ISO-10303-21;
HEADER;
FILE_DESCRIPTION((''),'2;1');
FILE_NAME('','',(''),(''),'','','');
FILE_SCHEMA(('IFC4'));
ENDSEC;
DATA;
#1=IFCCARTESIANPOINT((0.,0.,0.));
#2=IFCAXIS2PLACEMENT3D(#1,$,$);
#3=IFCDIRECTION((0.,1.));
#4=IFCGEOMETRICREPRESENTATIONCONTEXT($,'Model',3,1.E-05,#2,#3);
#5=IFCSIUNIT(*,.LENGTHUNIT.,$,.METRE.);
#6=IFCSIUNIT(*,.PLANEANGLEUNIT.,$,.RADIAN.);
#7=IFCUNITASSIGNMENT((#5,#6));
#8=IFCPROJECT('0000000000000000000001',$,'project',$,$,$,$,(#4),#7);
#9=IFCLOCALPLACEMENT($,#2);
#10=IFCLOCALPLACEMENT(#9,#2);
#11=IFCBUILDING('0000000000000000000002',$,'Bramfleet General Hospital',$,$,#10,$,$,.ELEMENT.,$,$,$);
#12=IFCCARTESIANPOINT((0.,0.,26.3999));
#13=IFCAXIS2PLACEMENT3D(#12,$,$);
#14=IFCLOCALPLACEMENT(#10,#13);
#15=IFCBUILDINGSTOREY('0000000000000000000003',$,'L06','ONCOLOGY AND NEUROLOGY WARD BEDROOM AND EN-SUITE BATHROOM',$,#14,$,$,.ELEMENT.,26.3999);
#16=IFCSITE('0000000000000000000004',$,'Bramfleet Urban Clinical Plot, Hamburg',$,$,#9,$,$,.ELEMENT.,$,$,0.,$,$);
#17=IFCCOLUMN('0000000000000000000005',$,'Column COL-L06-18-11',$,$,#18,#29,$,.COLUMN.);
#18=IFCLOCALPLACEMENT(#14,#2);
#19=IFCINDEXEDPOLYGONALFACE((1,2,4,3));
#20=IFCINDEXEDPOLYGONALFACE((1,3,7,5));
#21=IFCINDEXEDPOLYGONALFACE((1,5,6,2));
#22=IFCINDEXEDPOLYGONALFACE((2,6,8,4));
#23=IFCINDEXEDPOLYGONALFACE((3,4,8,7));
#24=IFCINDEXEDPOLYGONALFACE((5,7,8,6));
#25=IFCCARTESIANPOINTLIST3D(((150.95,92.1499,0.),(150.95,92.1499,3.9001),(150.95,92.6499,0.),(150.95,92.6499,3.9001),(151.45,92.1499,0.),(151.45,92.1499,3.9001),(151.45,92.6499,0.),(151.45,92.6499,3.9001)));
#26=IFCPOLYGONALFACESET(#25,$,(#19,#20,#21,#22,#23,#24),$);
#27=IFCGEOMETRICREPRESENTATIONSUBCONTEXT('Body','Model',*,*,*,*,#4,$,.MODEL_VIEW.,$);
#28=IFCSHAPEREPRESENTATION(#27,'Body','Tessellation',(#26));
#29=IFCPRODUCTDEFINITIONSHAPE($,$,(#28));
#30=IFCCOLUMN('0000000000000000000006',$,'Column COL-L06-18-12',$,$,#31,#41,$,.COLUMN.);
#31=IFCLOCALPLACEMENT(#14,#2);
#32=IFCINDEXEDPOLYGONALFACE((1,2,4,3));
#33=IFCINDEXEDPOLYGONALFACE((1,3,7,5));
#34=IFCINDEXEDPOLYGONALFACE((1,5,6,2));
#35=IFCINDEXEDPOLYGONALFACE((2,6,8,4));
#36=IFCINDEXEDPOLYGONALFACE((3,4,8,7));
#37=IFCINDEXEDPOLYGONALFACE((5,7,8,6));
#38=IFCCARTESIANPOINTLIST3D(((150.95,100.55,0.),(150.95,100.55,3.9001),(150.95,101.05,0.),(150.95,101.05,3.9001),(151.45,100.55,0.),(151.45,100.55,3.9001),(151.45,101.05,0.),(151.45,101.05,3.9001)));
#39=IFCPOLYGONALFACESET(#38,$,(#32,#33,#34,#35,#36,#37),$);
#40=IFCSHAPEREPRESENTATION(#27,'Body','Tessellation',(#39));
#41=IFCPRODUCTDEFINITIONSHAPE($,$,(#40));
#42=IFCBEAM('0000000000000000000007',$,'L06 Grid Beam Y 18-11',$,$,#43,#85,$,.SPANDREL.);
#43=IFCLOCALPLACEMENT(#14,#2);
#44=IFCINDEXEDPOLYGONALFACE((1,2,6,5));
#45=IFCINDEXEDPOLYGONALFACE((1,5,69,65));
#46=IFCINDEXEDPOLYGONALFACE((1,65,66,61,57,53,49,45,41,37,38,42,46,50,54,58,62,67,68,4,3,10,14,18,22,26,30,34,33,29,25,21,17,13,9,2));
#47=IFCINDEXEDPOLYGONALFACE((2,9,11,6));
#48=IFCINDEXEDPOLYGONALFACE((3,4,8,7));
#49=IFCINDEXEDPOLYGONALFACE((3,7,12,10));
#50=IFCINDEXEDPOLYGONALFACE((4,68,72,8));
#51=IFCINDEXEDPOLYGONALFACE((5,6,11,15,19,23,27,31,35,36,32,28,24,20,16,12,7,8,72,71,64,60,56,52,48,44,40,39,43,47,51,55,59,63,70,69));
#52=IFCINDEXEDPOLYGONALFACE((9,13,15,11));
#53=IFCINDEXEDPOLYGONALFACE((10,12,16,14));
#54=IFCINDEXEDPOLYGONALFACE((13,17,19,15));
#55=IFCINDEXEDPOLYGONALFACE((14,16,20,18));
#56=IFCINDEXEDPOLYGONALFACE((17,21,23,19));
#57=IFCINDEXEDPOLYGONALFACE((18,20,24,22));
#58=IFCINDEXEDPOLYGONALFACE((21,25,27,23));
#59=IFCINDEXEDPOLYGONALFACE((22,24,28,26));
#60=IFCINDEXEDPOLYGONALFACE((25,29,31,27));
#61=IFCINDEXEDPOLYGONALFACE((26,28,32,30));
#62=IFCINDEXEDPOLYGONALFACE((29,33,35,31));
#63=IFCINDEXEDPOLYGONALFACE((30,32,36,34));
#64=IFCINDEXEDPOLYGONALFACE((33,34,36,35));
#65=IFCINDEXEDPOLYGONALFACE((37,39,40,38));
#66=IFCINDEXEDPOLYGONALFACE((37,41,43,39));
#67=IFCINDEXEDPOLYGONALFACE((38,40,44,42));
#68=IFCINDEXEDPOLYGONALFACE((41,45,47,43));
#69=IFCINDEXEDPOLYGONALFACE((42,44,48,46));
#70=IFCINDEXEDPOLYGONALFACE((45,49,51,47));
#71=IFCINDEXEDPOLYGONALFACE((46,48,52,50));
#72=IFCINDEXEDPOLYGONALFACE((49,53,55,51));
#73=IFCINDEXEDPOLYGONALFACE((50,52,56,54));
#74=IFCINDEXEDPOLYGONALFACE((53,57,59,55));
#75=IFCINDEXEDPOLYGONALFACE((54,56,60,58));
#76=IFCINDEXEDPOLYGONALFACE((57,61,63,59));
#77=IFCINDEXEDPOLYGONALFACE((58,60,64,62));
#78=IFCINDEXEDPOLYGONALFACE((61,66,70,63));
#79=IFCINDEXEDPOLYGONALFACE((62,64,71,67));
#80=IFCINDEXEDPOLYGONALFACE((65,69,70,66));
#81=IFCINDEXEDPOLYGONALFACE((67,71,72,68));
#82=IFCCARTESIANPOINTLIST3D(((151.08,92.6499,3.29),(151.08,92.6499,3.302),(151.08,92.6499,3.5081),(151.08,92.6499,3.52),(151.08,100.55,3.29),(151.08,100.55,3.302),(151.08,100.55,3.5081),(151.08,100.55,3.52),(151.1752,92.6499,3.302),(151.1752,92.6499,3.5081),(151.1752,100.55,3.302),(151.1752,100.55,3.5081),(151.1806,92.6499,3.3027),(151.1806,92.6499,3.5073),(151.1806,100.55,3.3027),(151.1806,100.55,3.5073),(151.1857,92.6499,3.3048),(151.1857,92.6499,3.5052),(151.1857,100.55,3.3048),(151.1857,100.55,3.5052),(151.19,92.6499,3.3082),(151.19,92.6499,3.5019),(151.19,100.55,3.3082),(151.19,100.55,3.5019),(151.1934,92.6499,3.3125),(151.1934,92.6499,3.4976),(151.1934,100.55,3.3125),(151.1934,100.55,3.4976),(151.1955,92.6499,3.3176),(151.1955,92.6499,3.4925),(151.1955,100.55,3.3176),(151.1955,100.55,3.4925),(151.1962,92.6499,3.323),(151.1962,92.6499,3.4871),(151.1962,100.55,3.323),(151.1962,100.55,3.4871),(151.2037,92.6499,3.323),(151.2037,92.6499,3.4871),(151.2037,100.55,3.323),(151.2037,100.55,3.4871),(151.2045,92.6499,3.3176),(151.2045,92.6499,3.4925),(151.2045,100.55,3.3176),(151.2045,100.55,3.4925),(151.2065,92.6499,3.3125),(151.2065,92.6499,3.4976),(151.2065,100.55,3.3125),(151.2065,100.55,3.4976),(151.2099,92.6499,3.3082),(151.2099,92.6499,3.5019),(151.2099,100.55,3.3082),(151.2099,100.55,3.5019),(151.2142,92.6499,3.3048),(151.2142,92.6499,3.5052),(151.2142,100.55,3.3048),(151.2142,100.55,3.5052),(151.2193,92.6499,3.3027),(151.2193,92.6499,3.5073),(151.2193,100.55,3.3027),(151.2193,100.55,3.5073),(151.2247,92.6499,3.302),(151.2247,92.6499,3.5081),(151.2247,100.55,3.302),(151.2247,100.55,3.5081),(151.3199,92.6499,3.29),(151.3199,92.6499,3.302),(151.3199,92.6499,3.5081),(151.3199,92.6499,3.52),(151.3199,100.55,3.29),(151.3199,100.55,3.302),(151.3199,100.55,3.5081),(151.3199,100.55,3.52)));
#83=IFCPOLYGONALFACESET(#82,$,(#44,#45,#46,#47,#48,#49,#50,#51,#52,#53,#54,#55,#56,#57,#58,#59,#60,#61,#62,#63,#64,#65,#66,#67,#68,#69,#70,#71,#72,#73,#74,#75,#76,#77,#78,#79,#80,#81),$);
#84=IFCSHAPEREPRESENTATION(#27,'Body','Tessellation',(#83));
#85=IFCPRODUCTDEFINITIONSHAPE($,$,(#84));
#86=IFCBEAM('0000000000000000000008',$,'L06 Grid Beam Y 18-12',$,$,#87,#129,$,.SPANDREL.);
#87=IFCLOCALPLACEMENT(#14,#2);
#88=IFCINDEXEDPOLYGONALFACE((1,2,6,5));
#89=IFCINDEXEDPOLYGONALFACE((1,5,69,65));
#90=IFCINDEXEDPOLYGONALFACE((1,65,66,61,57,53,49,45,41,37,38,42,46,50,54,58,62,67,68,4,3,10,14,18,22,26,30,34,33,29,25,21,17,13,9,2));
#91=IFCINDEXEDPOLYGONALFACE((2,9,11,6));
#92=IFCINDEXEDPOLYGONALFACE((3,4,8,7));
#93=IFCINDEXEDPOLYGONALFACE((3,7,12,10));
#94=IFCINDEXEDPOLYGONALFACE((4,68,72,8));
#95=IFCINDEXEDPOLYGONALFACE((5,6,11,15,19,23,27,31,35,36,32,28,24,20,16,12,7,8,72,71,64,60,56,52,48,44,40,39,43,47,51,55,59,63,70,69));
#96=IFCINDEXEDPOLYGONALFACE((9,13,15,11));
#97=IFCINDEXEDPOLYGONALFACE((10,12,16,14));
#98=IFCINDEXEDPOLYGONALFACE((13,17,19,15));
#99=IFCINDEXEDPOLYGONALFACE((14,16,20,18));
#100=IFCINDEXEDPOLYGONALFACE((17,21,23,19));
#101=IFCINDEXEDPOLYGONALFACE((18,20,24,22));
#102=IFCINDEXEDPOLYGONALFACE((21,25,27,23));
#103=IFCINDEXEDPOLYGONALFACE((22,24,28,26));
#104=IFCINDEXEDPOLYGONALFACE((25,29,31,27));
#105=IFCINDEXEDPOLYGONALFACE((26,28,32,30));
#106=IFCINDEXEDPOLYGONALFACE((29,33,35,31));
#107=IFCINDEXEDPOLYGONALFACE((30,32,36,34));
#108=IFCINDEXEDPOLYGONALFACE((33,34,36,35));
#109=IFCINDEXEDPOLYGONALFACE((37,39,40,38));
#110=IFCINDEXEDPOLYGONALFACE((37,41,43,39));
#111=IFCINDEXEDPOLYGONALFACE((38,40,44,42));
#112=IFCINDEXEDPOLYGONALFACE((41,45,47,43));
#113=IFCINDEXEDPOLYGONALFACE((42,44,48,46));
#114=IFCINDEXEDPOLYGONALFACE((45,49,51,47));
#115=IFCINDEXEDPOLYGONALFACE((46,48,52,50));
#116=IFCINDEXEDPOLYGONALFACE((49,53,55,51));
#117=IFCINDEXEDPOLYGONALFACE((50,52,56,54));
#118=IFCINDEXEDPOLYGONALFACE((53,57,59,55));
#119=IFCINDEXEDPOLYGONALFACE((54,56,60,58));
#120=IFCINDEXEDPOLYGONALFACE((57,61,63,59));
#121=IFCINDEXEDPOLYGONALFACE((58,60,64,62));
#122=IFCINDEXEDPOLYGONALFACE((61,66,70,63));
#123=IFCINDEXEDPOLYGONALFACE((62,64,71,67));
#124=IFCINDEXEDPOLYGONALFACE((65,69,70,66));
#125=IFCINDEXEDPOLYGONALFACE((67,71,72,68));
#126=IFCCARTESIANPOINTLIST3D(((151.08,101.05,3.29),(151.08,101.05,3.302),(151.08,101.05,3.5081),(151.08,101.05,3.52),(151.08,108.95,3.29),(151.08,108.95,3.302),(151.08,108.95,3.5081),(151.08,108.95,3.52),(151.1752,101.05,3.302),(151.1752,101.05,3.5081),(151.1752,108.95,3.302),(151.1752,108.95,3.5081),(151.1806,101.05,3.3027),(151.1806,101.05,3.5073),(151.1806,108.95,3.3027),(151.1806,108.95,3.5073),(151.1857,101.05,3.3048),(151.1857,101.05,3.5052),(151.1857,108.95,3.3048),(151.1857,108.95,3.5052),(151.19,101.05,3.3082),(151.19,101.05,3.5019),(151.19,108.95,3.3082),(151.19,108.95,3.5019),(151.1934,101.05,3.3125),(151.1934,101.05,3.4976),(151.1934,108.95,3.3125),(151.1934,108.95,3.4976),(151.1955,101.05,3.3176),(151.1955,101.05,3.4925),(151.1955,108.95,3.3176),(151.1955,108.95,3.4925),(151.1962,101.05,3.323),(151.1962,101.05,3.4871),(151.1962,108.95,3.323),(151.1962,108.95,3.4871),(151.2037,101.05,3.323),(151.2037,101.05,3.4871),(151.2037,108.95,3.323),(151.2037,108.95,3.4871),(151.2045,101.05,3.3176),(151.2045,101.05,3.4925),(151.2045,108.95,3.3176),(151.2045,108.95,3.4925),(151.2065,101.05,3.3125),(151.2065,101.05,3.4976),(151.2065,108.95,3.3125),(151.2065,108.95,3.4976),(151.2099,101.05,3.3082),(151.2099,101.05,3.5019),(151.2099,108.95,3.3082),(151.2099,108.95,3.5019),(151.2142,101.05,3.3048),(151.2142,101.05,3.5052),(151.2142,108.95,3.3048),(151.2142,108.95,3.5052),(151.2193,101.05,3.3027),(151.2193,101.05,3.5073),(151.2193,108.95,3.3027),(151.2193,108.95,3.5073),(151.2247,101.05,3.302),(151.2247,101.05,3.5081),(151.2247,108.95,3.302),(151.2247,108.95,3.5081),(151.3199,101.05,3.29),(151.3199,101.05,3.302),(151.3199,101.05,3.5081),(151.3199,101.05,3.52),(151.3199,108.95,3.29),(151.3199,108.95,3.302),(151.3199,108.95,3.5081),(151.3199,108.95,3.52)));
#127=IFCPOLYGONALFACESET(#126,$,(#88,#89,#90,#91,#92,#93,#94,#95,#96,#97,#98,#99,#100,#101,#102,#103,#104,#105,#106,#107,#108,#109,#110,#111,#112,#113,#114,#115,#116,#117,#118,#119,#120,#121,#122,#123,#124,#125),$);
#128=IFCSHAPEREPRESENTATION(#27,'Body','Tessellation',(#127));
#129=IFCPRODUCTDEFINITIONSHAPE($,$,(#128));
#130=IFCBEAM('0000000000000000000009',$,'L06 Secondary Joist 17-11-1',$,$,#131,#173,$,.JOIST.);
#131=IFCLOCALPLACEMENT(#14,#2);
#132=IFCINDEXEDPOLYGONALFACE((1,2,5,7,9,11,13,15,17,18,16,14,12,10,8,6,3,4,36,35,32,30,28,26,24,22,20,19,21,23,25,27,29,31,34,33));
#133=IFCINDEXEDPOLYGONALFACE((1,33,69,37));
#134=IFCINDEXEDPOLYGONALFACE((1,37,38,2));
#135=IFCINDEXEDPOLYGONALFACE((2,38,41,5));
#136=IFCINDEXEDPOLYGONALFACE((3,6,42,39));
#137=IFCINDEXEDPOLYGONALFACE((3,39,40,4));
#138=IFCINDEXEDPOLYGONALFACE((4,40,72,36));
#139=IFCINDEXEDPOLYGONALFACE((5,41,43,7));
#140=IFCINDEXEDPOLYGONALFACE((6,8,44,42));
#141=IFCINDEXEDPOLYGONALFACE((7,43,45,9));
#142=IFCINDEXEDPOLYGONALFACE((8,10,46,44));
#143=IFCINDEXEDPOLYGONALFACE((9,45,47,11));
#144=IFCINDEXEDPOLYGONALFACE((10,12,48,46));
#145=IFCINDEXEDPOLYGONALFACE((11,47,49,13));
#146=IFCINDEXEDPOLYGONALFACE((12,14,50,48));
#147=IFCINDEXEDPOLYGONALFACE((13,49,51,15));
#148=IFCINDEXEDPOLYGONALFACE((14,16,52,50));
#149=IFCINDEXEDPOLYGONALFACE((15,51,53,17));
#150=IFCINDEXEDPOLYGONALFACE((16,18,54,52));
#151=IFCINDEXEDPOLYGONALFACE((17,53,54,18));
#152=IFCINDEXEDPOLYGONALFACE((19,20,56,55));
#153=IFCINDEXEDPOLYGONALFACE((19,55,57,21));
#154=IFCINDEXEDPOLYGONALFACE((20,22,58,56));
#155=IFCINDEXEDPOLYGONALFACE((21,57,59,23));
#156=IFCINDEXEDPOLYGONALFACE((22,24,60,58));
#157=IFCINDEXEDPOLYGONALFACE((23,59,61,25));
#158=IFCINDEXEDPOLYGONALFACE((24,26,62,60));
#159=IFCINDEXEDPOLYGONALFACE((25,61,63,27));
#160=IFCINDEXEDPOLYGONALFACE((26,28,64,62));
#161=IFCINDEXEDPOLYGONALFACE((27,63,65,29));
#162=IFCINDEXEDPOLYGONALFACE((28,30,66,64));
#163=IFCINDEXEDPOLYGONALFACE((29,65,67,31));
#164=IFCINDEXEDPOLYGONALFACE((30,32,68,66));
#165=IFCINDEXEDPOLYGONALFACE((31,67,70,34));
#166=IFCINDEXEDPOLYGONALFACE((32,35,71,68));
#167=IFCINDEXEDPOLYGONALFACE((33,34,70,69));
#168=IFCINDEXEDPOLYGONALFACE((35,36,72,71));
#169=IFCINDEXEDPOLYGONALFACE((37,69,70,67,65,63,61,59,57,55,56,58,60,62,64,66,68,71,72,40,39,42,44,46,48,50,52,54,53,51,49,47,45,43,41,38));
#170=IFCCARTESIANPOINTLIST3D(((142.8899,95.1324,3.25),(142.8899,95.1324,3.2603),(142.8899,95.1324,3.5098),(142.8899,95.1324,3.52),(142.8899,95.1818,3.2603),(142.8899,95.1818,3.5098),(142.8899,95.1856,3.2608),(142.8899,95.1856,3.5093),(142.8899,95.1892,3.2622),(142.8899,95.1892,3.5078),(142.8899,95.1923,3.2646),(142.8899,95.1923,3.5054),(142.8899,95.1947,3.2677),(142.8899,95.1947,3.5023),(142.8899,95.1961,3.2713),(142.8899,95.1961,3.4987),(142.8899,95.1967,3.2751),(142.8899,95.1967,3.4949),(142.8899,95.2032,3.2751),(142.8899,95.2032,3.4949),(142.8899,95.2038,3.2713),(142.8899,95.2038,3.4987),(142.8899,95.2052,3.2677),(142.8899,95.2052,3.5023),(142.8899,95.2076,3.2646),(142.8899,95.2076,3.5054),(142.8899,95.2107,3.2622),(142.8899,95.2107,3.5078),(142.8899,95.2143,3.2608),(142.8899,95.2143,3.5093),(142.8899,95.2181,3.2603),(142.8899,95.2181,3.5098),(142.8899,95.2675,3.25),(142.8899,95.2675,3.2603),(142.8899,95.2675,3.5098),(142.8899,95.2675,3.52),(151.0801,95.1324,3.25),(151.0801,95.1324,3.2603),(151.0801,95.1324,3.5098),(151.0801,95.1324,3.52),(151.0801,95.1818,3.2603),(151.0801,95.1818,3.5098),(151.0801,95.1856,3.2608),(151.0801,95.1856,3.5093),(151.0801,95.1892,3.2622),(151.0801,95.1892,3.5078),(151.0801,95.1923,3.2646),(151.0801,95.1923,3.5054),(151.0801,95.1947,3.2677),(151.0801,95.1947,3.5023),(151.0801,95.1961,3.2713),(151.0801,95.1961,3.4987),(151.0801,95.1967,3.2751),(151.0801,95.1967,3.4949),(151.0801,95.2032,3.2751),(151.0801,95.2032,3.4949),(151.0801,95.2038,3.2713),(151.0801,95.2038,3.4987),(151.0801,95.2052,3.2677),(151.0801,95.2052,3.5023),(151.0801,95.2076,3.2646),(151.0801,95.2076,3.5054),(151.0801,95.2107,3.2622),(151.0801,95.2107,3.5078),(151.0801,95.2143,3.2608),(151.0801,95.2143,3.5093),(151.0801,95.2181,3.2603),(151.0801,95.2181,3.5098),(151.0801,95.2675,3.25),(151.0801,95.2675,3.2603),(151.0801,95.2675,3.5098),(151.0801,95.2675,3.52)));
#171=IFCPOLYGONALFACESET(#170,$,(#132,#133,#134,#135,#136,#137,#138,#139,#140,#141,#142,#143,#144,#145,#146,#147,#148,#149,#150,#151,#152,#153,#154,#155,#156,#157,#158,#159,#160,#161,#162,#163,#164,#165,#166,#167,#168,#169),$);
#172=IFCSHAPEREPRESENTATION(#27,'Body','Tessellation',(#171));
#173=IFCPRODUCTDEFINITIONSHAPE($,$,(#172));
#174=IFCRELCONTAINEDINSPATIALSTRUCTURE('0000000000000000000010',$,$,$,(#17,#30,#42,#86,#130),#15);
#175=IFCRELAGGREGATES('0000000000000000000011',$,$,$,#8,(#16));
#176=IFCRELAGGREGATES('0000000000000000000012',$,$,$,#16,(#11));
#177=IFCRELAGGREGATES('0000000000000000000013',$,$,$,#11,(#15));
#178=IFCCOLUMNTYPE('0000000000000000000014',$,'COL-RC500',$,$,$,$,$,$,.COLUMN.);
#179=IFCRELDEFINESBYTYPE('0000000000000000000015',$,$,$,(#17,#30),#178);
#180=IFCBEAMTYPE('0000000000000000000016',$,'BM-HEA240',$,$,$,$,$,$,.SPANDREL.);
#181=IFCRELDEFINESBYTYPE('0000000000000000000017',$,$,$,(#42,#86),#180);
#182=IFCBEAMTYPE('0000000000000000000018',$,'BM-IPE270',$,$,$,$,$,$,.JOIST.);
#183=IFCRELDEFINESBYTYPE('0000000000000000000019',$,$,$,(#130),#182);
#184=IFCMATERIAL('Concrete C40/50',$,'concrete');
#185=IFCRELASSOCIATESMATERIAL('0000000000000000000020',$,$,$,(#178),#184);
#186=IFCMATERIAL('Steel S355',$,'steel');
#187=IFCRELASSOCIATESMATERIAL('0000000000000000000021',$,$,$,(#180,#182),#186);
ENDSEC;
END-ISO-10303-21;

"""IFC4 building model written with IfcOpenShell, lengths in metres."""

from ifc_helpers import new_model, si_unit, direction, frame, origin, origin_2d, place, context, subcontext, project, spatial, rectangle, i_section, extrude, material, material_profile, profile_set, type_object, element, save


model = new_model("IFC4")

# Units and contexts
model_context = context("Model", 3, precision=1e-05, world=origin(), true_north=direction((0.0, 1.0)))
body_context = subcontext(model_context, "Body", "Model", "MODEL_VIEW")
ifc_project = project(units=[si_unit("LENGTHUNIT", "METRE"), si_unit("PLANEANGLEUNIT", "RADIAN")], contexts=[model_context])

# Site, building, storey
site_placement = place(None, origin())
site = spatial("IfcSite", under=ifc_project, at=site_placement, Name="Bramfleet Urban Clinical Plot, Hamburg", CompositionType="ELEMENT", RefElevation=0.0)
building_placement = place(site_placement, origin())
building = spatial("IfcBuilding", under=site, at=building_placement, Name="Bramfleet General Hospital", CompositionType="ELEMENT")
storey_placement = place(building_placement, frame((0.0, 0.0, 26.3999)))
storey = spatial("IfcBuildingStorey", under=building, at=storey_placement, Name="L06", Description="ONCOLOGY AND NEUROLOGY WARD BEDROOM AND EN-SUITE BATHROOM", CompositionType="ELEMENT", Elevation=26.3999)

# Columns
ifc_material_1 = material(Name="Concrete C40/50", Category="concrete")
ifc_material_profile_1 = material_profile(ifc_material_1, rectangle(XDim=0.5, YDim=0.5, at=origin_2d()), Name="RC COL 500x500")
ifc_profile_set_1 = profile_set([ifc_material_profile_1], Name="Concrete C40/50")
column_type = type_object("IfcColumnType", Name="COL-RC500", PredefinedType="COLUMN", material=ifc_profile_set_1)
for number, where, z_axis, x_axis, name in (
    (1, (151.2, 92.3999, 0.0), (0.0, 0.0, 1.0), (1.0, 0.0, 0.0), "Column COL-L06-18-11"),
    (2, (151.2, 100.8, 0.0), (0.0, 0.0, 1.0), (1.0, 0.0, 0.0), "Column COL-L06-18-12"),
):
    element("IfcColumn", number, at=place(storey_placement, frame(where, z_axis=z_axis, x_axis=x_axis)), inside=storey, type_object=column_type, Name=name, PredefinedType="COLUMN", context=body_context, shape_type="SweptSolid", body=[
        extrude(rectangle(XDim=0.5, YDim=0.5, at=origin_2d()), origin(), (0.0, 0.0, 1.0), 3.9001),
    ])

# Beams
ifc_material_2 = material(Name="Steel S355", Category="steel")
ifc_material_profile_2 = material_profile(ifc_material_2, i_section(OverallWidth=0.24, OverallDepth=0.23, WebThickness=0.0076, FlangeThickness=0.012, FilletRadius=0.021, at=origin_2d()), Name="HEA 240")
ifc_profile_set_2 = profile_set([ifc_material_profile_2], Name="Steel S355")
beam_type_1 = type_object("IfcBeamType", Name="BM-HEA240", PredefinedType="SPANDREL", material=ifc_profile_set_2)
beam_1_placement = place(storey_placement, frame((151.2, 92.6499, 3.405), z_axis=(0.0, 1.0, 0.0), x_axis=(-1.0, 0.0, 0.0)))
element("IfcBeam", 3, at=beam_1_placement, inside=storey, type_object=beam_type_1, Name="L06 Grid Beam Y 18-11", PredefinedType="SPANDREL", context=body_context, shape_type="SweptSolid", body=[
    extrude(i_section(OverallWidth=0.24, OverallDepth=0.23, WebThickness=0.0076, FlangeThickness=0.012, FilletRadius=0.021, at=origin_2d()), origin(), (0.0, 0.0, 1.0), 7.9001),
])
beam_2_placement = place(storey_placement, frame((151.2, 101.05, 3.405), z_axis=(0.0, 1.0, 0.0), x_axis=(-1.0, 0.0, 0.0)))
element("IfcBeam", 4, at=beam_2_placement, inside=storey, type_object=beam_type_1, Name="L06 Grid Beam Y 18-12", PredefinedType="SPANDREL", context=body_context, shape_type="SweptSolid", body=[
    extrude(i_section(OverallWidth=0.24, OverallDepth=0.23, WebThickness=0.0076, FlangeThickness=0.012, FilletRadius=0.021, at=origin_2d()), origin(), (0.0, 0.0, 1.0), 7.8999),
])
ifc_material_profile_3 = material_profile(ifc_material_2, i_section(OverallWidth=0.135, OverallDepth=0.27, WebThickness=0.0066, FlangeThickness=0.0103, FilletRadius=0.0149, at=origin_2d()), Name="IPE 270")
ifc_profile_set_3 = profile_set([ifc_material_profile_3], Name="Steel S355")
beam_type_2 = type_object("IfcBeamType", Name="BM-IPE270", PredefinedType="JOIST", material=ifc_profile_set_3)
for number, where, z_axis, x_axis, name in (
    (5, (142.8899, 95.2, 3.385), (1.0, 0.0, 0.0), (0.0, 1.0, 0.0), "L06 Secondary Joist 17-11-1"),
):
    element("IfcBeam", number, at=place(storey_placement, frame(where, z_axis=z_axis, x_axis=x_axis)), inside=storey, type_object=beam_type_2, Name=name, PredefinedType="JOIST", context=body_context, shape_type="SweptSolid", body=[
        extrude(i_section(OverallWidth=0.135, OverallDepth=0.27, WebThickness=0.0066, FlangeThickness=0.0103, FilletRadius=0.0149, at=origin_2d()), origin(), (0.0, 0.0, 1.0), 8.1902),
    ])

save(model, "model.ifc")
